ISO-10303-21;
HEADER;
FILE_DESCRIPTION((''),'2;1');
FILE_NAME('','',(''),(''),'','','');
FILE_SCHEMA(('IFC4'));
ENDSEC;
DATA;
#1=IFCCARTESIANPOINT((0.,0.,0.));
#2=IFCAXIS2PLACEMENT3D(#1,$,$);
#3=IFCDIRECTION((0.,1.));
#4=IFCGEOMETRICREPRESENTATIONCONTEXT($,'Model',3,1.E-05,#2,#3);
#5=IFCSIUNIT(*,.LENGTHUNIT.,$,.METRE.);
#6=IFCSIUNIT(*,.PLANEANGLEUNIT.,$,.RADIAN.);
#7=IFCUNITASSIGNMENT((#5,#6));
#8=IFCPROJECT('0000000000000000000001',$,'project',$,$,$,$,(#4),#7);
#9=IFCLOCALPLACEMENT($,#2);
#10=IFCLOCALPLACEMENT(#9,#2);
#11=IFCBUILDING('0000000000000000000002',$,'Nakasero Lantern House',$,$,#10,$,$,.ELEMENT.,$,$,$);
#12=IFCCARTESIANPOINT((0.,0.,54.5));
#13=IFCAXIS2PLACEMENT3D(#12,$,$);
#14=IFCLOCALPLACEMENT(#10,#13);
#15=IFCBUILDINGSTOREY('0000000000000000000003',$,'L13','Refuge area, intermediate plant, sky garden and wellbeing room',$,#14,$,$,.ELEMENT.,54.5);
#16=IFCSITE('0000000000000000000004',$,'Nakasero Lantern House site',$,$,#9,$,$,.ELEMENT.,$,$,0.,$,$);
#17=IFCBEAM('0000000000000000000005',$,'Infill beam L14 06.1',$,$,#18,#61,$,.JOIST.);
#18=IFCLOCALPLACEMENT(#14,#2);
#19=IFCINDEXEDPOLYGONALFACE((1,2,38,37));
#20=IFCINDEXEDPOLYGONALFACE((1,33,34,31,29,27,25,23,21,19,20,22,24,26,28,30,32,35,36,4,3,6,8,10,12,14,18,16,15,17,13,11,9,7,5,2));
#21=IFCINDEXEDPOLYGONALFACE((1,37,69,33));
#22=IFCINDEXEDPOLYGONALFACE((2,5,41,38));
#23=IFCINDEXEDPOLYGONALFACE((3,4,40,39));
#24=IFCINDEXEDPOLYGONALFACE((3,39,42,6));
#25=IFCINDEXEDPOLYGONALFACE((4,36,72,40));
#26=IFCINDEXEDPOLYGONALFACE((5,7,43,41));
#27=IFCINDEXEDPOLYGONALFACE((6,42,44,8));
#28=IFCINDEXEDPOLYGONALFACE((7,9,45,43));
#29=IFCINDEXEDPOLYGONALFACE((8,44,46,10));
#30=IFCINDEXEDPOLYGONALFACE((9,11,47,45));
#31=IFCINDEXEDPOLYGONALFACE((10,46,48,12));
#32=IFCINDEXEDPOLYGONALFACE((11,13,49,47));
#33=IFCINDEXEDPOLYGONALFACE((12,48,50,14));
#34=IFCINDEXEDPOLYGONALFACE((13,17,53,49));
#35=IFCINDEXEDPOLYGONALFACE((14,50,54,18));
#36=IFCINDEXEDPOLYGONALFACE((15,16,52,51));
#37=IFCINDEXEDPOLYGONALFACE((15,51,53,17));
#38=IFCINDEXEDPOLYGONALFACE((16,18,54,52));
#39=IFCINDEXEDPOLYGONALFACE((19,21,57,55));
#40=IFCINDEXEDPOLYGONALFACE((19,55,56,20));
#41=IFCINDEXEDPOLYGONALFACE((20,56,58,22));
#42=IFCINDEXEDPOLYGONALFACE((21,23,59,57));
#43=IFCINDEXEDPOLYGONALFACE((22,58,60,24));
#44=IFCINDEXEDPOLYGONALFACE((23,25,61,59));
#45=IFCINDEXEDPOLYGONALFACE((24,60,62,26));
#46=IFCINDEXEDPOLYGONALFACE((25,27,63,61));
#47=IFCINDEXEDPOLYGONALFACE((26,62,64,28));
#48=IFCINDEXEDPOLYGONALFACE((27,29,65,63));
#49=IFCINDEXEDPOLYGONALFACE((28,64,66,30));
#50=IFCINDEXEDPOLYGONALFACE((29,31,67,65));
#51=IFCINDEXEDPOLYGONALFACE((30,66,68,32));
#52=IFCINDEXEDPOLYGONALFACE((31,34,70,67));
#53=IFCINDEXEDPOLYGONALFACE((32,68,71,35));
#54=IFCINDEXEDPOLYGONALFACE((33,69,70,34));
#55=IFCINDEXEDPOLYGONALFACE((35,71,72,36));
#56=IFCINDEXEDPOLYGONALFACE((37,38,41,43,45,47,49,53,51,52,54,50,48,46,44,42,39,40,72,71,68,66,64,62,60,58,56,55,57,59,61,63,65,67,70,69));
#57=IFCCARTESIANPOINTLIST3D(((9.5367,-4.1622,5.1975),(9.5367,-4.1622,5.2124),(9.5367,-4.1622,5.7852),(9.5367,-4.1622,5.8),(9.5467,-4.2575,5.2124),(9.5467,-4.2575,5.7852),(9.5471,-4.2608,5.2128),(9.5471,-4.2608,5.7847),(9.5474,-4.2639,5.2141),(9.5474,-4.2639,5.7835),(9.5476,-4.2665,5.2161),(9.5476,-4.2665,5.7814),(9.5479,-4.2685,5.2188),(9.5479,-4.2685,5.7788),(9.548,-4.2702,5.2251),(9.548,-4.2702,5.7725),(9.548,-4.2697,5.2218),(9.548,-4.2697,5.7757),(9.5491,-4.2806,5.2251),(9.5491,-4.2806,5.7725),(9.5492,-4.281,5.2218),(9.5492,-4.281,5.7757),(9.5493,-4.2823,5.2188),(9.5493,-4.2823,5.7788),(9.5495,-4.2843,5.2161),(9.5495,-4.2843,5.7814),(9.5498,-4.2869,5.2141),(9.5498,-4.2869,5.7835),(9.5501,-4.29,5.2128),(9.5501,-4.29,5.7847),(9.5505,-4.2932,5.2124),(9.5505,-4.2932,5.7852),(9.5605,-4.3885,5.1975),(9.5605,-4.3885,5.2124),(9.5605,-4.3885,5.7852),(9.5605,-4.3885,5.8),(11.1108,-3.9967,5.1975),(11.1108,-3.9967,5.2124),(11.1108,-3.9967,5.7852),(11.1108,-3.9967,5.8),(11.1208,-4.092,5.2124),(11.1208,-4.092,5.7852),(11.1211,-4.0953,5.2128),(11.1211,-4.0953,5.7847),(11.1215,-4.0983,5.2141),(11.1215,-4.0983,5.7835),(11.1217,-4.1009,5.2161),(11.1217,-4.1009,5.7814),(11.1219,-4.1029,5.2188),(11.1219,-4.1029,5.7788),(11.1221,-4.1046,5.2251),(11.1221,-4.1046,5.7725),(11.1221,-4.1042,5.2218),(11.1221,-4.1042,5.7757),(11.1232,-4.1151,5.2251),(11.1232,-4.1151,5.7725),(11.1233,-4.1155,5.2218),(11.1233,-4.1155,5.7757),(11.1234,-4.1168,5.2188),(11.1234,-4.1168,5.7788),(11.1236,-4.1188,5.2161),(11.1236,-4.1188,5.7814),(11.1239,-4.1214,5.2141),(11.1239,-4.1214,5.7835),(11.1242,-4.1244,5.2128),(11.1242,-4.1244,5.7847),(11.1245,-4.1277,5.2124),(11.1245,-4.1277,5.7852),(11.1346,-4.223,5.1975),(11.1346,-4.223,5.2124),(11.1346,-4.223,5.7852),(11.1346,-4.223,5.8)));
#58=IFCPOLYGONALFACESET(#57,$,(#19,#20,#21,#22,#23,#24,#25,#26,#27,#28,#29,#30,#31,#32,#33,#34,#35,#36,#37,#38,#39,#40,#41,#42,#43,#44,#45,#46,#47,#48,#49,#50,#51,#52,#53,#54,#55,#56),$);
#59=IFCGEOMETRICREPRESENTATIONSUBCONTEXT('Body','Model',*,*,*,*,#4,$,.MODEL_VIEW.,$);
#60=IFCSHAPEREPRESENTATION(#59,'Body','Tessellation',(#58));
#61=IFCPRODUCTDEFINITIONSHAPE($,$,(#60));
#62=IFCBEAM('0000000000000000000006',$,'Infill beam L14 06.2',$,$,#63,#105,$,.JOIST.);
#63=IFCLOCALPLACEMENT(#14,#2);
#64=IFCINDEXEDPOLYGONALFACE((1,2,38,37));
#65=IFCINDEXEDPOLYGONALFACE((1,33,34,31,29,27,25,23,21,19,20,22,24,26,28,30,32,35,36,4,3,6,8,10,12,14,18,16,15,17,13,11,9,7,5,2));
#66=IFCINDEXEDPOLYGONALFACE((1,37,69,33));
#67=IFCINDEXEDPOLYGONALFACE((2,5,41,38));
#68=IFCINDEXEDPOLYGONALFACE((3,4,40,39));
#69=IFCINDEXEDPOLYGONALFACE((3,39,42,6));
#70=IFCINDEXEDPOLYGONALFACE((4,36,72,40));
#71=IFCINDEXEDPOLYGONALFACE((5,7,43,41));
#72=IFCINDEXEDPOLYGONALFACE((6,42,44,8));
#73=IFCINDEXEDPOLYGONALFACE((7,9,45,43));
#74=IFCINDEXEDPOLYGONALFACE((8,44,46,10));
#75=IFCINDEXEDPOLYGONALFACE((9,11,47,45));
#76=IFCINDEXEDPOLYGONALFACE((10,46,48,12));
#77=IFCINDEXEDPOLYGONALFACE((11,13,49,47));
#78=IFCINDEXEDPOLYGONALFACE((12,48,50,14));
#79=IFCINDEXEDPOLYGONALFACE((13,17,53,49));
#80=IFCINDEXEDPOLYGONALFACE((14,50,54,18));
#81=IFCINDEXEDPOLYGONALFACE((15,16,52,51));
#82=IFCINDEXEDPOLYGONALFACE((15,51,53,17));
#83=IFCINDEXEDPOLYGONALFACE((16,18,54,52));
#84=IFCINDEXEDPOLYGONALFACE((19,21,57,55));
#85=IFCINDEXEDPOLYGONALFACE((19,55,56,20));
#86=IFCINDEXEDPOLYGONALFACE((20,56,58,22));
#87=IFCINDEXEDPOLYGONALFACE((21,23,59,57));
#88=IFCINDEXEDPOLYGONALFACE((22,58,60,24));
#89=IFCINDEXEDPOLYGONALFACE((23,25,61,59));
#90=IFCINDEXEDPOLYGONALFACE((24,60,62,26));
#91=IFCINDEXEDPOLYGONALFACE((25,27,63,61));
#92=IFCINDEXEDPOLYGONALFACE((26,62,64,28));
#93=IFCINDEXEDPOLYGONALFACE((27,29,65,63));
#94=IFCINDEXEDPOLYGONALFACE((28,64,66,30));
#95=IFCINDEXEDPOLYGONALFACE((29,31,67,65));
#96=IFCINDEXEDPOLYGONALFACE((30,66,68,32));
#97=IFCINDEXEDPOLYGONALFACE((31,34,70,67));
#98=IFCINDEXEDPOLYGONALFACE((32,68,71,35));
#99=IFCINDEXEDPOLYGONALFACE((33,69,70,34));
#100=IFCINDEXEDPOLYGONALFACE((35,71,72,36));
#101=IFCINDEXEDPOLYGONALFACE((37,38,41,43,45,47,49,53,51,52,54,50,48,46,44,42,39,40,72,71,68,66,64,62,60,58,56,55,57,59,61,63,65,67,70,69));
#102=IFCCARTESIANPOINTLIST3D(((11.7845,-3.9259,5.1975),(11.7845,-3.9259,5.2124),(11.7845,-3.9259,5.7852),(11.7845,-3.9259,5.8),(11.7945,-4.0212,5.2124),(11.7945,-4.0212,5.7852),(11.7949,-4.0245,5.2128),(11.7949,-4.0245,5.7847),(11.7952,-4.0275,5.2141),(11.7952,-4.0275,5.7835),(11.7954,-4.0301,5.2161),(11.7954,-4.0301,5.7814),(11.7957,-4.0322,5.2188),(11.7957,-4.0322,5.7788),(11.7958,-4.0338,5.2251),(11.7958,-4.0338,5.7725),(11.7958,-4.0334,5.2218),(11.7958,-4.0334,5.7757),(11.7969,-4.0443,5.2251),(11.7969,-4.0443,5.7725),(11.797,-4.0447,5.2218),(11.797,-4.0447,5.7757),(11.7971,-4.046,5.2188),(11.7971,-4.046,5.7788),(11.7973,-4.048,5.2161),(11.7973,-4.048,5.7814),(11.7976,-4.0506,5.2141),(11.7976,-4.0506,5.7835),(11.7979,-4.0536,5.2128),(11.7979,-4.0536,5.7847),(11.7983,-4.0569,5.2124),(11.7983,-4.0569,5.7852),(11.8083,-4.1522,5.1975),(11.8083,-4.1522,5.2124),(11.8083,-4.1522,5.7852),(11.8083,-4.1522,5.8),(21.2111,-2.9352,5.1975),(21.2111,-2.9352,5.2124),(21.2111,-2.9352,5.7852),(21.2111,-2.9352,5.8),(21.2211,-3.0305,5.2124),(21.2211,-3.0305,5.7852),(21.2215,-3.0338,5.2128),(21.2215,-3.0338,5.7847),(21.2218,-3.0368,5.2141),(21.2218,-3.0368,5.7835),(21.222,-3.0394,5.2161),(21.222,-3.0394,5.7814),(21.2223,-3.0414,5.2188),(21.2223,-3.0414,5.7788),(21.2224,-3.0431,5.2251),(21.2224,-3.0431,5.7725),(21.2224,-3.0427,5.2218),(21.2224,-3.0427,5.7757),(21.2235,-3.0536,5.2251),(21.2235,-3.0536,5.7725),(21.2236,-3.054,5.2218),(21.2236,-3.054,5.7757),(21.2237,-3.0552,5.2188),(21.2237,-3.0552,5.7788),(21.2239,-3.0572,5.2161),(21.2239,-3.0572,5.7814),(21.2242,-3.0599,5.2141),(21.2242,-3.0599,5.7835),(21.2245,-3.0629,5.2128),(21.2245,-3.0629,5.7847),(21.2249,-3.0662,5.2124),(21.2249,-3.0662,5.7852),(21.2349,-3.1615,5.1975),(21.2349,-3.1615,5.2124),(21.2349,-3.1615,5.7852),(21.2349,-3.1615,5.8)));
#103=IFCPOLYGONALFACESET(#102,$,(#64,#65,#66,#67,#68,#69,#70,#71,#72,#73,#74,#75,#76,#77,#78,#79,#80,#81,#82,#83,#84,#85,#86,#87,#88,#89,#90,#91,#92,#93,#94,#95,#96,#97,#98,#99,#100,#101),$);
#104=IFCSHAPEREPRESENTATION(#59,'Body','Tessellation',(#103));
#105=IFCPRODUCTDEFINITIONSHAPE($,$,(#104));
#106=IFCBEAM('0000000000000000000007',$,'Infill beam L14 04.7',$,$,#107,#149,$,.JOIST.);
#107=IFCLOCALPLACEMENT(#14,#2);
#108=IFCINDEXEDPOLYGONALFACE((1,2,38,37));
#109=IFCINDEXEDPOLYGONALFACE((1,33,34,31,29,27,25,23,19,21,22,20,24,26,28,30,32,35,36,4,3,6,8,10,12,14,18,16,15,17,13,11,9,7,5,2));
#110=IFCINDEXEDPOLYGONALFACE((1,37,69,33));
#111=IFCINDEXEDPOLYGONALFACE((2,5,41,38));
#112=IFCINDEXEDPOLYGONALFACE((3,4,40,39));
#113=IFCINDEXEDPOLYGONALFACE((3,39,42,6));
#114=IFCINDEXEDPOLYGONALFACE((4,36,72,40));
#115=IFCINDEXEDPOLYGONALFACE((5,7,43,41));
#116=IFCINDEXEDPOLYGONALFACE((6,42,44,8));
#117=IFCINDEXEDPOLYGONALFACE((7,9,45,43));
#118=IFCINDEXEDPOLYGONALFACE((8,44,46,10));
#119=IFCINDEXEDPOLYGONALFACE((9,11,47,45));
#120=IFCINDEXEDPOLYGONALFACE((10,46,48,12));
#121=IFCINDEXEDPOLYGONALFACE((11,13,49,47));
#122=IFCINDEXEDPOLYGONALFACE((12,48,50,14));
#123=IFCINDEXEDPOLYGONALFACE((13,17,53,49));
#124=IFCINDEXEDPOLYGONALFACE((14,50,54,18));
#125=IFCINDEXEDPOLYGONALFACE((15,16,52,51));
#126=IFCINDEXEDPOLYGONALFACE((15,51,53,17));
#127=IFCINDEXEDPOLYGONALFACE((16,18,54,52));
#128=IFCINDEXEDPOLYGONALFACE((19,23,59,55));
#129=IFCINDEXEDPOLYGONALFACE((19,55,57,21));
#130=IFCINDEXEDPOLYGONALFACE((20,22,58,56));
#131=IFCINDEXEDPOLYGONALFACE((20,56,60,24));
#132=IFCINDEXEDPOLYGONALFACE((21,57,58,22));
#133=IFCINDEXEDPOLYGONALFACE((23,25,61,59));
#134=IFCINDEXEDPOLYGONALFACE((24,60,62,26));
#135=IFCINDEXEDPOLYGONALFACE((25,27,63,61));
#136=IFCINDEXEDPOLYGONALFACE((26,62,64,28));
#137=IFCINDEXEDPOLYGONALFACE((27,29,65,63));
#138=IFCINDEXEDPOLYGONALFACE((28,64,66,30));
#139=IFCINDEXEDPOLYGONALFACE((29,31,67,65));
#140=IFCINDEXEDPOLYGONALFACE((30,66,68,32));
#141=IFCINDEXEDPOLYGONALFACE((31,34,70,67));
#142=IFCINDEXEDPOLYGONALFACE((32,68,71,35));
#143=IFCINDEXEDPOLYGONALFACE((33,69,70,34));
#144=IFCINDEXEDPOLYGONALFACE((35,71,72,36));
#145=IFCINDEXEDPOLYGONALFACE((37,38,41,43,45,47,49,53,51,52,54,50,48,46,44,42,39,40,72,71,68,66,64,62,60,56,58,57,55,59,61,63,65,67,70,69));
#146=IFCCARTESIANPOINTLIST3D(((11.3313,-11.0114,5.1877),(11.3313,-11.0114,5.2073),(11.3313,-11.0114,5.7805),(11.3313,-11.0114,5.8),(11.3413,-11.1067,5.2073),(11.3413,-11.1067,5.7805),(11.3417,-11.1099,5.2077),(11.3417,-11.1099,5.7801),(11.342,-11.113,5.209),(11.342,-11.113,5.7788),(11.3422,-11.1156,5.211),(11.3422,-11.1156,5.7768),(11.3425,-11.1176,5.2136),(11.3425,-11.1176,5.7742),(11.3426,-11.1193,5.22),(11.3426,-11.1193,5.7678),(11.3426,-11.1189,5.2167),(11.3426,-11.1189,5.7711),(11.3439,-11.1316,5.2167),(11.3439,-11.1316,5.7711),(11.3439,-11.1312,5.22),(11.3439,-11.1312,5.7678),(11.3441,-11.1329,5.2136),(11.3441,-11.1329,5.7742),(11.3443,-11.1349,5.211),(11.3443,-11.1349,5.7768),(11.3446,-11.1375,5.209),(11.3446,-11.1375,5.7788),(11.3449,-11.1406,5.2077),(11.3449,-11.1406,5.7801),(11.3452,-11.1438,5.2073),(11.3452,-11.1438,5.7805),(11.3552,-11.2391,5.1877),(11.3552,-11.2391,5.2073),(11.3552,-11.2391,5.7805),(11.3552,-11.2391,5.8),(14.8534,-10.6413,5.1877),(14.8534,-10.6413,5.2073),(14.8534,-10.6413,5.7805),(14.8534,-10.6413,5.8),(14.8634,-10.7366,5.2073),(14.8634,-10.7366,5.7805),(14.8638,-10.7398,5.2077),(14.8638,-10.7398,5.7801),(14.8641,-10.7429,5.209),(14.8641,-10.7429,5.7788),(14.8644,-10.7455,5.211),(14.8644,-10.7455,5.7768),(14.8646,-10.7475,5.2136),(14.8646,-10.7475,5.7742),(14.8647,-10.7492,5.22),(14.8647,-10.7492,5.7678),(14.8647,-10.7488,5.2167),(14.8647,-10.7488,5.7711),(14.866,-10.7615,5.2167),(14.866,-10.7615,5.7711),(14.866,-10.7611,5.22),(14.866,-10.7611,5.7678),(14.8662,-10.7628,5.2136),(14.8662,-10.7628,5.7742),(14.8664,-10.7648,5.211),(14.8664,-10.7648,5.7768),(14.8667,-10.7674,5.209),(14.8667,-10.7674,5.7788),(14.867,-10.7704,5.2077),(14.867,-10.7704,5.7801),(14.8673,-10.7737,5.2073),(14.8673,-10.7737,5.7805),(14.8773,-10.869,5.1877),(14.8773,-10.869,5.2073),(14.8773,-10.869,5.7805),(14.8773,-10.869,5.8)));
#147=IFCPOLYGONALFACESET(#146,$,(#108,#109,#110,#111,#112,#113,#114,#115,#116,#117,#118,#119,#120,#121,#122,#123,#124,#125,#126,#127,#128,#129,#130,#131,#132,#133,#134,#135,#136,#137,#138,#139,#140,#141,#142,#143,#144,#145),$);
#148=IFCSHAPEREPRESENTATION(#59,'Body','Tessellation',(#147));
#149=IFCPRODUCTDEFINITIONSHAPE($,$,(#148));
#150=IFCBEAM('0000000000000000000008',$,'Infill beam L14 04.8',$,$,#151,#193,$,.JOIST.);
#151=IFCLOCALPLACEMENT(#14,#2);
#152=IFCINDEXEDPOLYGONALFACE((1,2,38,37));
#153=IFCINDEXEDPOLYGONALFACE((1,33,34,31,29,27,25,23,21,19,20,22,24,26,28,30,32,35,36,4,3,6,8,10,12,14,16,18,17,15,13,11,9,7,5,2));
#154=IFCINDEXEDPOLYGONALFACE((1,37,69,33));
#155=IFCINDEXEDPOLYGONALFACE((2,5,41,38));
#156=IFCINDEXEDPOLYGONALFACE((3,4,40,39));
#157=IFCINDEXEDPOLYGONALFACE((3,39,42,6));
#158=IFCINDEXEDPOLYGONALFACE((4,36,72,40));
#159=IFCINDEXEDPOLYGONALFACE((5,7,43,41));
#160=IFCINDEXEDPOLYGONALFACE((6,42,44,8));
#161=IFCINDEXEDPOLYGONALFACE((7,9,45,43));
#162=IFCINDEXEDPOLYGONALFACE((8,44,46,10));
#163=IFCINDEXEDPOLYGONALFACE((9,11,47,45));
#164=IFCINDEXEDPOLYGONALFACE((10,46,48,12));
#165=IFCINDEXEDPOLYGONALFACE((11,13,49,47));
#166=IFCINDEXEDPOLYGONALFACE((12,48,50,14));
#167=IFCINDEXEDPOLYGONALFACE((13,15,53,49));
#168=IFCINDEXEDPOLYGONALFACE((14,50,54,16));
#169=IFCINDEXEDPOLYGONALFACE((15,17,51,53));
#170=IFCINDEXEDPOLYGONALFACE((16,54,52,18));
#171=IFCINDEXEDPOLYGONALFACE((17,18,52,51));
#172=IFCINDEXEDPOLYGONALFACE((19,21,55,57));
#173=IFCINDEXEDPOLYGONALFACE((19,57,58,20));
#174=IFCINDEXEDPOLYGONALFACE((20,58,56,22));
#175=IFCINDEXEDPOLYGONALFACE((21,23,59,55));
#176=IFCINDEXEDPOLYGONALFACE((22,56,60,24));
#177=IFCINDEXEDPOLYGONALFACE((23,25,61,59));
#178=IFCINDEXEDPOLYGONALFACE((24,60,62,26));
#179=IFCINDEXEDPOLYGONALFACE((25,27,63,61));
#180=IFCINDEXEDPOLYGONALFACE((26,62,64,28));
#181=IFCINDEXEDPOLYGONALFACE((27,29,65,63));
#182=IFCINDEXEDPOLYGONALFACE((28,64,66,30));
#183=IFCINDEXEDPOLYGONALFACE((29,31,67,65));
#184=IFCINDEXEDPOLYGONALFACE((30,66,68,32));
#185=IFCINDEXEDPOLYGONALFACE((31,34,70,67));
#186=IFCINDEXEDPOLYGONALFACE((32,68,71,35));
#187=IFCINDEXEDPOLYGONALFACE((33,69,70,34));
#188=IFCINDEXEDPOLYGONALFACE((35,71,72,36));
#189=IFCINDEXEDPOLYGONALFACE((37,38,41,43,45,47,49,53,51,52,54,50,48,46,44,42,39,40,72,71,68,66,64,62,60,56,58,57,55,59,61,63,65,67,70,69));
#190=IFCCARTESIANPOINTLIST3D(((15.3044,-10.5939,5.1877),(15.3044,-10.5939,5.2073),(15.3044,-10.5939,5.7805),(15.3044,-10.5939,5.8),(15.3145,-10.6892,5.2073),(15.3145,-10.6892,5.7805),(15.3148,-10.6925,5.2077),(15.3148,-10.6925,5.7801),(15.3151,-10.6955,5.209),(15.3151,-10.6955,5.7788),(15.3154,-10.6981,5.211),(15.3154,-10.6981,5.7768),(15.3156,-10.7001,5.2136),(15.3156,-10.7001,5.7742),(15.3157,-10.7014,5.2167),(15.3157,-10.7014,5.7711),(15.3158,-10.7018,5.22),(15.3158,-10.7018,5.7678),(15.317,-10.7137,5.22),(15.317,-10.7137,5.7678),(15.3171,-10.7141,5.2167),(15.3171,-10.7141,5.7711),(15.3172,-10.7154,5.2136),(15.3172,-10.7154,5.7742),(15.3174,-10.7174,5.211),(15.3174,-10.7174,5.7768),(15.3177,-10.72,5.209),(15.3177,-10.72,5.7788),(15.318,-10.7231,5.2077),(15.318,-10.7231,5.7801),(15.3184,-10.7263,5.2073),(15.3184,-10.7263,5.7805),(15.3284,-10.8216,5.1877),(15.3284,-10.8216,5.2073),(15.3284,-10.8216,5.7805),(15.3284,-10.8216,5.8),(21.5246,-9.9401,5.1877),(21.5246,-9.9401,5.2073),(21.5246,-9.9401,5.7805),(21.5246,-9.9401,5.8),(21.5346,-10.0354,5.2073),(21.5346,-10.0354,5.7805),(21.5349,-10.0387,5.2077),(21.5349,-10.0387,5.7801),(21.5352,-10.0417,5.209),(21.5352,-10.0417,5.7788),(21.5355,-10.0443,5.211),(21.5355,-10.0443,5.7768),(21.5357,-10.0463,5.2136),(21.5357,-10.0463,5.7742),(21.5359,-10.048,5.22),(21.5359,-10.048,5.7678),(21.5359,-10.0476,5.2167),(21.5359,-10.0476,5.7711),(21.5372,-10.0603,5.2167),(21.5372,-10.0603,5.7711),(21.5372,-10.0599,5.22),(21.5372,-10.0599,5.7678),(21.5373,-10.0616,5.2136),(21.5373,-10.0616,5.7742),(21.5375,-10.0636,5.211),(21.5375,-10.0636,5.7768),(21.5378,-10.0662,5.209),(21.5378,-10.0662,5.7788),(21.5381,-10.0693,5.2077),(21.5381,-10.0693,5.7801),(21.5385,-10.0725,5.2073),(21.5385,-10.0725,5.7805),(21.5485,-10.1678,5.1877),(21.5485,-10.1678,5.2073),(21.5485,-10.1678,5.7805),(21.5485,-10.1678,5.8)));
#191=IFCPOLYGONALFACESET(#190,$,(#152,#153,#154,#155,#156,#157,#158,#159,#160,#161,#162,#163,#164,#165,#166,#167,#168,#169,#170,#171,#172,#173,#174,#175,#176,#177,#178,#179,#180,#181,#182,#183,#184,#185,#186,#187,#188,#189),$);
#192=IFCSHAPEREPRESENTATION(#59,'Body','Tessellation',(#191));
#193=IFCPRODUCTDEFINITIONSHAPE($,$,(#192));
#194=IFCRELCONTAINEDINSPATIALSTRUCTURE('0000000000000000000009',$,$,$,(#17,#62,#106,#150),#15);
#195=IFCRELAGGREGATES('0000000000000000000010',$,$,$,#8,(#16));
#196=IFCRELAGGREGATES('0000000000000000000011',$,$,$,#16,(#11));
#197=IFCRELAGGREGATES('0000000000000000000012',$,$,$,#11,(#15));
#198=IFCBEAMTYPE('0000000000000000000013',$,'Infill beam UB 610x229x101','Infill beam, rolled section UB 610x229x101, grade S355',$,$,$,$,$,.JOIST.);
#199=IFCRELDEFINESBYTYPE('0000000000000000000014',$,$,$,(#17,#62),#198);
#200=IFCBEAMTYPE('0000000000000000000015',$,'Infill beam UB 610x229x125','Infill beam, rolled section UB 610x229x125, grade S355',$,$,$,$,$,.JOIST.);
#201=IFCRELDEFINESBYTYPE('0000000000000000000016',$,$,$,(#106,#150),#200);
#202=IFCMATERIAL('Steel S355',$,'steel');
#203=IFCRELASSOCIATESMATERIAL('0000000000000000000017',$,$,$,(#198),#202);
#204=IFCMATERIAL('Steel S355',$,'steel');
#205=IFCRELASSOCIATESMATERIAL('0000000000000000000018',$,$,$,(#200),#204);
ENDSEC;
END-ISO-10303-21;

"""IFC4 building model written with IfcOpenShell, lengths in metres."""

from ifc_helpers import new_model, si_unit, direction, frame, origin, origin_2d, place, context, subcontext, project, spatial, i_section, extrude, material, material_profile, profile_set, type_object, element, save


model = new_model("IFC4")

# Units and contexts
model_context = context("Model", 3, precision=1e-05, world=origin(), true_north=direction((0.0, 1.0)))
body_context = subcontext(model_context, "Body", "Model", "MODEL_VIEW")
ifc_project = project(units=[si_unit("LENGTHUNIT", "METRE"), si_unit("PLANEANGLEUNIT", "RADIAN")], contexts=[model_context])

# Site, building, storey
site_placement = place(None, origin())
site = spatial("IfcSite", under=ifc_project, at=site_placement, Name="Nakasero Lantern House site", CompositionType="ELEMENT", RefElevation=0.0)
building_placement = place(site_placement, origin())
building = spatial("IfcBuilding", under=site, at=building_placement, Name="Nakasero Lantern House", CompositionType="ELEMENT")
storey_placement = place(building_placement, frame((0.0, 0.0, 54.5)))
storey = spatial("IfcBuildingStorey", under=building, at=storey_placement, Name="L13", Description="Refuge area, intermediate plant, sky garden and wellbeing room", CompositionType="ELEMENT", Elevation=54.5)

# Beams
ifc_material_1 = material(Name="Steel S355", Category="steel")
ifc_material_profile_1 = material_profile(ifc_material_1, i_section(OverallWidth=0.2275, OverallDepth=0.6025, WebThickness=0.0105, FlangeThickness=0.0149, FilletRadius=0.0127, at=origin_2d()), Name="UB 610x229x101")
ifc_profile_set_1 = profile_set([ifc_material_profile_1], Name="Steel S355")
beam_type_1 = type_object("IfcBeamType", Name="Infill beam UB 610x229x101", Description="Infill beam, rolled section UB 610x229x101, grade S355", PredefinedType="JOIST", material=ifc_profile_set_1)
beam_1_placement = place(storey_placement, frame((9.5486, -4.2754, 5.4988), z_axis=(0.994516, 0.104588, 0.0), x_axis=(-0.104588, 0.994516, 0.0)))
element("IfcBeam", 1, at=beam_1_placement, inside=storey, type_object=beam_type_1, Name="Infill beam L14 06.1", PredefinedType="JOIST", context=body_context, shape_type="SweptSolid", body=[
    extrude(i_section(OverallWidth=0.2275, OverallDepth=0.6025, WebThickness=0.0105, FlangeThickness=0.0149, FilletRadius=0.0127, at=origin_2d()), origin(), (0.0, 0.0, 1.0), 1.5828),
])
beam_2_placement = place(storey_placement, frame((11.7964, -4.0391, 5.4988), z_axis=(0.994522, 0.104524, 0.0), x_axis=(-0.104524, 0.994522, 0.0)))
element("IfcBeam", 2, at=beam_2_placement, inside=storey, type_object=beam_type_1, Name="Infill beam L14 06.2", PredefinedType="JOIST", context=body_context, shape_type="SweptSolid", body=[
    extrude(i_section(OverallWidth=0.2275, OverallDepth=0.6025, WebThickness=0.0105, FlangeThickness=0.0149, FilletRadius=0.0127, at=origin_2d()), origin(), (0.0, 0.0, 1.0), 9.4785),
])
ifc_material_2 = material(Name="Steel S355", Category="steel")
ifc_material_profile_2 = material_profile(ifc_material_2, i_section(OverallWidth=0.229, OverallDepth=0.6123, WebThickness=0.012, FlangeThickness=0.0195, FilletRadius=0.0127, at=origin_2d()), Name="UB 610x229x125")
ifc_profile_set_2 = profile_set([ifc_material_profile_2], Name="Steel S355")
beam_type_2 = type_object("IfcBeamType", Name="Infill beam UB 610x229x125", Description="Infill beam, rolled section UB 610x229x125, grade S355", PredefinedType="JOIST", material=ifc_profile_set_2)
beam_3_placement = place(storey_placement, frame((11.3433, -11.1252, 5.4939), z_axis=(0.994524, 0.104505, 0.0), x_axis=(-0.104505, 0.994524, 0.0)))
element("IfcBeam", 3, at=beam_3_placement, inside=storey, type_object=beam_type_2, Name="Infill beam L14 04.7", PredefinedType="JOIST", context=body_context, shape_type="SweptSolid", body=[
    extrude(i_section(OverallWidth=0.229, OverallDepth=0.6123, WebThickness=0.012, FlangeThickness=0.0195, FilletRadius=0.0127, at=origin_2d()), origin(), (0.0, 0.0, 1.0), 3.5415),
])
beam_4_placement = place(storey_placement, frame((15.3164, -10.7078, 5.4939), z_axis=(0.994521, 0.104534, 0.0), x_axis=(-0.104534, 0.994521, 0.0)))
element("IfcBeam", 4, at=beam_4_placement, inside=storey, type_object=beam_type_2, Name="Infill beam L14 04.8", PredefinedType="JOIST", context=body_context, shape_type="SweptSolid", body=[
    extrude(i_section(OverallWidth=0.229, OverallDepth=0.6123, WebThickness=0.012, FlangeThickness=0.0195, FilletRadius=0.0127, at=origin_2d()), origin(), (0.0, 0.0, 1.0), 6.2544),
])

save(model, "model.ifc")
